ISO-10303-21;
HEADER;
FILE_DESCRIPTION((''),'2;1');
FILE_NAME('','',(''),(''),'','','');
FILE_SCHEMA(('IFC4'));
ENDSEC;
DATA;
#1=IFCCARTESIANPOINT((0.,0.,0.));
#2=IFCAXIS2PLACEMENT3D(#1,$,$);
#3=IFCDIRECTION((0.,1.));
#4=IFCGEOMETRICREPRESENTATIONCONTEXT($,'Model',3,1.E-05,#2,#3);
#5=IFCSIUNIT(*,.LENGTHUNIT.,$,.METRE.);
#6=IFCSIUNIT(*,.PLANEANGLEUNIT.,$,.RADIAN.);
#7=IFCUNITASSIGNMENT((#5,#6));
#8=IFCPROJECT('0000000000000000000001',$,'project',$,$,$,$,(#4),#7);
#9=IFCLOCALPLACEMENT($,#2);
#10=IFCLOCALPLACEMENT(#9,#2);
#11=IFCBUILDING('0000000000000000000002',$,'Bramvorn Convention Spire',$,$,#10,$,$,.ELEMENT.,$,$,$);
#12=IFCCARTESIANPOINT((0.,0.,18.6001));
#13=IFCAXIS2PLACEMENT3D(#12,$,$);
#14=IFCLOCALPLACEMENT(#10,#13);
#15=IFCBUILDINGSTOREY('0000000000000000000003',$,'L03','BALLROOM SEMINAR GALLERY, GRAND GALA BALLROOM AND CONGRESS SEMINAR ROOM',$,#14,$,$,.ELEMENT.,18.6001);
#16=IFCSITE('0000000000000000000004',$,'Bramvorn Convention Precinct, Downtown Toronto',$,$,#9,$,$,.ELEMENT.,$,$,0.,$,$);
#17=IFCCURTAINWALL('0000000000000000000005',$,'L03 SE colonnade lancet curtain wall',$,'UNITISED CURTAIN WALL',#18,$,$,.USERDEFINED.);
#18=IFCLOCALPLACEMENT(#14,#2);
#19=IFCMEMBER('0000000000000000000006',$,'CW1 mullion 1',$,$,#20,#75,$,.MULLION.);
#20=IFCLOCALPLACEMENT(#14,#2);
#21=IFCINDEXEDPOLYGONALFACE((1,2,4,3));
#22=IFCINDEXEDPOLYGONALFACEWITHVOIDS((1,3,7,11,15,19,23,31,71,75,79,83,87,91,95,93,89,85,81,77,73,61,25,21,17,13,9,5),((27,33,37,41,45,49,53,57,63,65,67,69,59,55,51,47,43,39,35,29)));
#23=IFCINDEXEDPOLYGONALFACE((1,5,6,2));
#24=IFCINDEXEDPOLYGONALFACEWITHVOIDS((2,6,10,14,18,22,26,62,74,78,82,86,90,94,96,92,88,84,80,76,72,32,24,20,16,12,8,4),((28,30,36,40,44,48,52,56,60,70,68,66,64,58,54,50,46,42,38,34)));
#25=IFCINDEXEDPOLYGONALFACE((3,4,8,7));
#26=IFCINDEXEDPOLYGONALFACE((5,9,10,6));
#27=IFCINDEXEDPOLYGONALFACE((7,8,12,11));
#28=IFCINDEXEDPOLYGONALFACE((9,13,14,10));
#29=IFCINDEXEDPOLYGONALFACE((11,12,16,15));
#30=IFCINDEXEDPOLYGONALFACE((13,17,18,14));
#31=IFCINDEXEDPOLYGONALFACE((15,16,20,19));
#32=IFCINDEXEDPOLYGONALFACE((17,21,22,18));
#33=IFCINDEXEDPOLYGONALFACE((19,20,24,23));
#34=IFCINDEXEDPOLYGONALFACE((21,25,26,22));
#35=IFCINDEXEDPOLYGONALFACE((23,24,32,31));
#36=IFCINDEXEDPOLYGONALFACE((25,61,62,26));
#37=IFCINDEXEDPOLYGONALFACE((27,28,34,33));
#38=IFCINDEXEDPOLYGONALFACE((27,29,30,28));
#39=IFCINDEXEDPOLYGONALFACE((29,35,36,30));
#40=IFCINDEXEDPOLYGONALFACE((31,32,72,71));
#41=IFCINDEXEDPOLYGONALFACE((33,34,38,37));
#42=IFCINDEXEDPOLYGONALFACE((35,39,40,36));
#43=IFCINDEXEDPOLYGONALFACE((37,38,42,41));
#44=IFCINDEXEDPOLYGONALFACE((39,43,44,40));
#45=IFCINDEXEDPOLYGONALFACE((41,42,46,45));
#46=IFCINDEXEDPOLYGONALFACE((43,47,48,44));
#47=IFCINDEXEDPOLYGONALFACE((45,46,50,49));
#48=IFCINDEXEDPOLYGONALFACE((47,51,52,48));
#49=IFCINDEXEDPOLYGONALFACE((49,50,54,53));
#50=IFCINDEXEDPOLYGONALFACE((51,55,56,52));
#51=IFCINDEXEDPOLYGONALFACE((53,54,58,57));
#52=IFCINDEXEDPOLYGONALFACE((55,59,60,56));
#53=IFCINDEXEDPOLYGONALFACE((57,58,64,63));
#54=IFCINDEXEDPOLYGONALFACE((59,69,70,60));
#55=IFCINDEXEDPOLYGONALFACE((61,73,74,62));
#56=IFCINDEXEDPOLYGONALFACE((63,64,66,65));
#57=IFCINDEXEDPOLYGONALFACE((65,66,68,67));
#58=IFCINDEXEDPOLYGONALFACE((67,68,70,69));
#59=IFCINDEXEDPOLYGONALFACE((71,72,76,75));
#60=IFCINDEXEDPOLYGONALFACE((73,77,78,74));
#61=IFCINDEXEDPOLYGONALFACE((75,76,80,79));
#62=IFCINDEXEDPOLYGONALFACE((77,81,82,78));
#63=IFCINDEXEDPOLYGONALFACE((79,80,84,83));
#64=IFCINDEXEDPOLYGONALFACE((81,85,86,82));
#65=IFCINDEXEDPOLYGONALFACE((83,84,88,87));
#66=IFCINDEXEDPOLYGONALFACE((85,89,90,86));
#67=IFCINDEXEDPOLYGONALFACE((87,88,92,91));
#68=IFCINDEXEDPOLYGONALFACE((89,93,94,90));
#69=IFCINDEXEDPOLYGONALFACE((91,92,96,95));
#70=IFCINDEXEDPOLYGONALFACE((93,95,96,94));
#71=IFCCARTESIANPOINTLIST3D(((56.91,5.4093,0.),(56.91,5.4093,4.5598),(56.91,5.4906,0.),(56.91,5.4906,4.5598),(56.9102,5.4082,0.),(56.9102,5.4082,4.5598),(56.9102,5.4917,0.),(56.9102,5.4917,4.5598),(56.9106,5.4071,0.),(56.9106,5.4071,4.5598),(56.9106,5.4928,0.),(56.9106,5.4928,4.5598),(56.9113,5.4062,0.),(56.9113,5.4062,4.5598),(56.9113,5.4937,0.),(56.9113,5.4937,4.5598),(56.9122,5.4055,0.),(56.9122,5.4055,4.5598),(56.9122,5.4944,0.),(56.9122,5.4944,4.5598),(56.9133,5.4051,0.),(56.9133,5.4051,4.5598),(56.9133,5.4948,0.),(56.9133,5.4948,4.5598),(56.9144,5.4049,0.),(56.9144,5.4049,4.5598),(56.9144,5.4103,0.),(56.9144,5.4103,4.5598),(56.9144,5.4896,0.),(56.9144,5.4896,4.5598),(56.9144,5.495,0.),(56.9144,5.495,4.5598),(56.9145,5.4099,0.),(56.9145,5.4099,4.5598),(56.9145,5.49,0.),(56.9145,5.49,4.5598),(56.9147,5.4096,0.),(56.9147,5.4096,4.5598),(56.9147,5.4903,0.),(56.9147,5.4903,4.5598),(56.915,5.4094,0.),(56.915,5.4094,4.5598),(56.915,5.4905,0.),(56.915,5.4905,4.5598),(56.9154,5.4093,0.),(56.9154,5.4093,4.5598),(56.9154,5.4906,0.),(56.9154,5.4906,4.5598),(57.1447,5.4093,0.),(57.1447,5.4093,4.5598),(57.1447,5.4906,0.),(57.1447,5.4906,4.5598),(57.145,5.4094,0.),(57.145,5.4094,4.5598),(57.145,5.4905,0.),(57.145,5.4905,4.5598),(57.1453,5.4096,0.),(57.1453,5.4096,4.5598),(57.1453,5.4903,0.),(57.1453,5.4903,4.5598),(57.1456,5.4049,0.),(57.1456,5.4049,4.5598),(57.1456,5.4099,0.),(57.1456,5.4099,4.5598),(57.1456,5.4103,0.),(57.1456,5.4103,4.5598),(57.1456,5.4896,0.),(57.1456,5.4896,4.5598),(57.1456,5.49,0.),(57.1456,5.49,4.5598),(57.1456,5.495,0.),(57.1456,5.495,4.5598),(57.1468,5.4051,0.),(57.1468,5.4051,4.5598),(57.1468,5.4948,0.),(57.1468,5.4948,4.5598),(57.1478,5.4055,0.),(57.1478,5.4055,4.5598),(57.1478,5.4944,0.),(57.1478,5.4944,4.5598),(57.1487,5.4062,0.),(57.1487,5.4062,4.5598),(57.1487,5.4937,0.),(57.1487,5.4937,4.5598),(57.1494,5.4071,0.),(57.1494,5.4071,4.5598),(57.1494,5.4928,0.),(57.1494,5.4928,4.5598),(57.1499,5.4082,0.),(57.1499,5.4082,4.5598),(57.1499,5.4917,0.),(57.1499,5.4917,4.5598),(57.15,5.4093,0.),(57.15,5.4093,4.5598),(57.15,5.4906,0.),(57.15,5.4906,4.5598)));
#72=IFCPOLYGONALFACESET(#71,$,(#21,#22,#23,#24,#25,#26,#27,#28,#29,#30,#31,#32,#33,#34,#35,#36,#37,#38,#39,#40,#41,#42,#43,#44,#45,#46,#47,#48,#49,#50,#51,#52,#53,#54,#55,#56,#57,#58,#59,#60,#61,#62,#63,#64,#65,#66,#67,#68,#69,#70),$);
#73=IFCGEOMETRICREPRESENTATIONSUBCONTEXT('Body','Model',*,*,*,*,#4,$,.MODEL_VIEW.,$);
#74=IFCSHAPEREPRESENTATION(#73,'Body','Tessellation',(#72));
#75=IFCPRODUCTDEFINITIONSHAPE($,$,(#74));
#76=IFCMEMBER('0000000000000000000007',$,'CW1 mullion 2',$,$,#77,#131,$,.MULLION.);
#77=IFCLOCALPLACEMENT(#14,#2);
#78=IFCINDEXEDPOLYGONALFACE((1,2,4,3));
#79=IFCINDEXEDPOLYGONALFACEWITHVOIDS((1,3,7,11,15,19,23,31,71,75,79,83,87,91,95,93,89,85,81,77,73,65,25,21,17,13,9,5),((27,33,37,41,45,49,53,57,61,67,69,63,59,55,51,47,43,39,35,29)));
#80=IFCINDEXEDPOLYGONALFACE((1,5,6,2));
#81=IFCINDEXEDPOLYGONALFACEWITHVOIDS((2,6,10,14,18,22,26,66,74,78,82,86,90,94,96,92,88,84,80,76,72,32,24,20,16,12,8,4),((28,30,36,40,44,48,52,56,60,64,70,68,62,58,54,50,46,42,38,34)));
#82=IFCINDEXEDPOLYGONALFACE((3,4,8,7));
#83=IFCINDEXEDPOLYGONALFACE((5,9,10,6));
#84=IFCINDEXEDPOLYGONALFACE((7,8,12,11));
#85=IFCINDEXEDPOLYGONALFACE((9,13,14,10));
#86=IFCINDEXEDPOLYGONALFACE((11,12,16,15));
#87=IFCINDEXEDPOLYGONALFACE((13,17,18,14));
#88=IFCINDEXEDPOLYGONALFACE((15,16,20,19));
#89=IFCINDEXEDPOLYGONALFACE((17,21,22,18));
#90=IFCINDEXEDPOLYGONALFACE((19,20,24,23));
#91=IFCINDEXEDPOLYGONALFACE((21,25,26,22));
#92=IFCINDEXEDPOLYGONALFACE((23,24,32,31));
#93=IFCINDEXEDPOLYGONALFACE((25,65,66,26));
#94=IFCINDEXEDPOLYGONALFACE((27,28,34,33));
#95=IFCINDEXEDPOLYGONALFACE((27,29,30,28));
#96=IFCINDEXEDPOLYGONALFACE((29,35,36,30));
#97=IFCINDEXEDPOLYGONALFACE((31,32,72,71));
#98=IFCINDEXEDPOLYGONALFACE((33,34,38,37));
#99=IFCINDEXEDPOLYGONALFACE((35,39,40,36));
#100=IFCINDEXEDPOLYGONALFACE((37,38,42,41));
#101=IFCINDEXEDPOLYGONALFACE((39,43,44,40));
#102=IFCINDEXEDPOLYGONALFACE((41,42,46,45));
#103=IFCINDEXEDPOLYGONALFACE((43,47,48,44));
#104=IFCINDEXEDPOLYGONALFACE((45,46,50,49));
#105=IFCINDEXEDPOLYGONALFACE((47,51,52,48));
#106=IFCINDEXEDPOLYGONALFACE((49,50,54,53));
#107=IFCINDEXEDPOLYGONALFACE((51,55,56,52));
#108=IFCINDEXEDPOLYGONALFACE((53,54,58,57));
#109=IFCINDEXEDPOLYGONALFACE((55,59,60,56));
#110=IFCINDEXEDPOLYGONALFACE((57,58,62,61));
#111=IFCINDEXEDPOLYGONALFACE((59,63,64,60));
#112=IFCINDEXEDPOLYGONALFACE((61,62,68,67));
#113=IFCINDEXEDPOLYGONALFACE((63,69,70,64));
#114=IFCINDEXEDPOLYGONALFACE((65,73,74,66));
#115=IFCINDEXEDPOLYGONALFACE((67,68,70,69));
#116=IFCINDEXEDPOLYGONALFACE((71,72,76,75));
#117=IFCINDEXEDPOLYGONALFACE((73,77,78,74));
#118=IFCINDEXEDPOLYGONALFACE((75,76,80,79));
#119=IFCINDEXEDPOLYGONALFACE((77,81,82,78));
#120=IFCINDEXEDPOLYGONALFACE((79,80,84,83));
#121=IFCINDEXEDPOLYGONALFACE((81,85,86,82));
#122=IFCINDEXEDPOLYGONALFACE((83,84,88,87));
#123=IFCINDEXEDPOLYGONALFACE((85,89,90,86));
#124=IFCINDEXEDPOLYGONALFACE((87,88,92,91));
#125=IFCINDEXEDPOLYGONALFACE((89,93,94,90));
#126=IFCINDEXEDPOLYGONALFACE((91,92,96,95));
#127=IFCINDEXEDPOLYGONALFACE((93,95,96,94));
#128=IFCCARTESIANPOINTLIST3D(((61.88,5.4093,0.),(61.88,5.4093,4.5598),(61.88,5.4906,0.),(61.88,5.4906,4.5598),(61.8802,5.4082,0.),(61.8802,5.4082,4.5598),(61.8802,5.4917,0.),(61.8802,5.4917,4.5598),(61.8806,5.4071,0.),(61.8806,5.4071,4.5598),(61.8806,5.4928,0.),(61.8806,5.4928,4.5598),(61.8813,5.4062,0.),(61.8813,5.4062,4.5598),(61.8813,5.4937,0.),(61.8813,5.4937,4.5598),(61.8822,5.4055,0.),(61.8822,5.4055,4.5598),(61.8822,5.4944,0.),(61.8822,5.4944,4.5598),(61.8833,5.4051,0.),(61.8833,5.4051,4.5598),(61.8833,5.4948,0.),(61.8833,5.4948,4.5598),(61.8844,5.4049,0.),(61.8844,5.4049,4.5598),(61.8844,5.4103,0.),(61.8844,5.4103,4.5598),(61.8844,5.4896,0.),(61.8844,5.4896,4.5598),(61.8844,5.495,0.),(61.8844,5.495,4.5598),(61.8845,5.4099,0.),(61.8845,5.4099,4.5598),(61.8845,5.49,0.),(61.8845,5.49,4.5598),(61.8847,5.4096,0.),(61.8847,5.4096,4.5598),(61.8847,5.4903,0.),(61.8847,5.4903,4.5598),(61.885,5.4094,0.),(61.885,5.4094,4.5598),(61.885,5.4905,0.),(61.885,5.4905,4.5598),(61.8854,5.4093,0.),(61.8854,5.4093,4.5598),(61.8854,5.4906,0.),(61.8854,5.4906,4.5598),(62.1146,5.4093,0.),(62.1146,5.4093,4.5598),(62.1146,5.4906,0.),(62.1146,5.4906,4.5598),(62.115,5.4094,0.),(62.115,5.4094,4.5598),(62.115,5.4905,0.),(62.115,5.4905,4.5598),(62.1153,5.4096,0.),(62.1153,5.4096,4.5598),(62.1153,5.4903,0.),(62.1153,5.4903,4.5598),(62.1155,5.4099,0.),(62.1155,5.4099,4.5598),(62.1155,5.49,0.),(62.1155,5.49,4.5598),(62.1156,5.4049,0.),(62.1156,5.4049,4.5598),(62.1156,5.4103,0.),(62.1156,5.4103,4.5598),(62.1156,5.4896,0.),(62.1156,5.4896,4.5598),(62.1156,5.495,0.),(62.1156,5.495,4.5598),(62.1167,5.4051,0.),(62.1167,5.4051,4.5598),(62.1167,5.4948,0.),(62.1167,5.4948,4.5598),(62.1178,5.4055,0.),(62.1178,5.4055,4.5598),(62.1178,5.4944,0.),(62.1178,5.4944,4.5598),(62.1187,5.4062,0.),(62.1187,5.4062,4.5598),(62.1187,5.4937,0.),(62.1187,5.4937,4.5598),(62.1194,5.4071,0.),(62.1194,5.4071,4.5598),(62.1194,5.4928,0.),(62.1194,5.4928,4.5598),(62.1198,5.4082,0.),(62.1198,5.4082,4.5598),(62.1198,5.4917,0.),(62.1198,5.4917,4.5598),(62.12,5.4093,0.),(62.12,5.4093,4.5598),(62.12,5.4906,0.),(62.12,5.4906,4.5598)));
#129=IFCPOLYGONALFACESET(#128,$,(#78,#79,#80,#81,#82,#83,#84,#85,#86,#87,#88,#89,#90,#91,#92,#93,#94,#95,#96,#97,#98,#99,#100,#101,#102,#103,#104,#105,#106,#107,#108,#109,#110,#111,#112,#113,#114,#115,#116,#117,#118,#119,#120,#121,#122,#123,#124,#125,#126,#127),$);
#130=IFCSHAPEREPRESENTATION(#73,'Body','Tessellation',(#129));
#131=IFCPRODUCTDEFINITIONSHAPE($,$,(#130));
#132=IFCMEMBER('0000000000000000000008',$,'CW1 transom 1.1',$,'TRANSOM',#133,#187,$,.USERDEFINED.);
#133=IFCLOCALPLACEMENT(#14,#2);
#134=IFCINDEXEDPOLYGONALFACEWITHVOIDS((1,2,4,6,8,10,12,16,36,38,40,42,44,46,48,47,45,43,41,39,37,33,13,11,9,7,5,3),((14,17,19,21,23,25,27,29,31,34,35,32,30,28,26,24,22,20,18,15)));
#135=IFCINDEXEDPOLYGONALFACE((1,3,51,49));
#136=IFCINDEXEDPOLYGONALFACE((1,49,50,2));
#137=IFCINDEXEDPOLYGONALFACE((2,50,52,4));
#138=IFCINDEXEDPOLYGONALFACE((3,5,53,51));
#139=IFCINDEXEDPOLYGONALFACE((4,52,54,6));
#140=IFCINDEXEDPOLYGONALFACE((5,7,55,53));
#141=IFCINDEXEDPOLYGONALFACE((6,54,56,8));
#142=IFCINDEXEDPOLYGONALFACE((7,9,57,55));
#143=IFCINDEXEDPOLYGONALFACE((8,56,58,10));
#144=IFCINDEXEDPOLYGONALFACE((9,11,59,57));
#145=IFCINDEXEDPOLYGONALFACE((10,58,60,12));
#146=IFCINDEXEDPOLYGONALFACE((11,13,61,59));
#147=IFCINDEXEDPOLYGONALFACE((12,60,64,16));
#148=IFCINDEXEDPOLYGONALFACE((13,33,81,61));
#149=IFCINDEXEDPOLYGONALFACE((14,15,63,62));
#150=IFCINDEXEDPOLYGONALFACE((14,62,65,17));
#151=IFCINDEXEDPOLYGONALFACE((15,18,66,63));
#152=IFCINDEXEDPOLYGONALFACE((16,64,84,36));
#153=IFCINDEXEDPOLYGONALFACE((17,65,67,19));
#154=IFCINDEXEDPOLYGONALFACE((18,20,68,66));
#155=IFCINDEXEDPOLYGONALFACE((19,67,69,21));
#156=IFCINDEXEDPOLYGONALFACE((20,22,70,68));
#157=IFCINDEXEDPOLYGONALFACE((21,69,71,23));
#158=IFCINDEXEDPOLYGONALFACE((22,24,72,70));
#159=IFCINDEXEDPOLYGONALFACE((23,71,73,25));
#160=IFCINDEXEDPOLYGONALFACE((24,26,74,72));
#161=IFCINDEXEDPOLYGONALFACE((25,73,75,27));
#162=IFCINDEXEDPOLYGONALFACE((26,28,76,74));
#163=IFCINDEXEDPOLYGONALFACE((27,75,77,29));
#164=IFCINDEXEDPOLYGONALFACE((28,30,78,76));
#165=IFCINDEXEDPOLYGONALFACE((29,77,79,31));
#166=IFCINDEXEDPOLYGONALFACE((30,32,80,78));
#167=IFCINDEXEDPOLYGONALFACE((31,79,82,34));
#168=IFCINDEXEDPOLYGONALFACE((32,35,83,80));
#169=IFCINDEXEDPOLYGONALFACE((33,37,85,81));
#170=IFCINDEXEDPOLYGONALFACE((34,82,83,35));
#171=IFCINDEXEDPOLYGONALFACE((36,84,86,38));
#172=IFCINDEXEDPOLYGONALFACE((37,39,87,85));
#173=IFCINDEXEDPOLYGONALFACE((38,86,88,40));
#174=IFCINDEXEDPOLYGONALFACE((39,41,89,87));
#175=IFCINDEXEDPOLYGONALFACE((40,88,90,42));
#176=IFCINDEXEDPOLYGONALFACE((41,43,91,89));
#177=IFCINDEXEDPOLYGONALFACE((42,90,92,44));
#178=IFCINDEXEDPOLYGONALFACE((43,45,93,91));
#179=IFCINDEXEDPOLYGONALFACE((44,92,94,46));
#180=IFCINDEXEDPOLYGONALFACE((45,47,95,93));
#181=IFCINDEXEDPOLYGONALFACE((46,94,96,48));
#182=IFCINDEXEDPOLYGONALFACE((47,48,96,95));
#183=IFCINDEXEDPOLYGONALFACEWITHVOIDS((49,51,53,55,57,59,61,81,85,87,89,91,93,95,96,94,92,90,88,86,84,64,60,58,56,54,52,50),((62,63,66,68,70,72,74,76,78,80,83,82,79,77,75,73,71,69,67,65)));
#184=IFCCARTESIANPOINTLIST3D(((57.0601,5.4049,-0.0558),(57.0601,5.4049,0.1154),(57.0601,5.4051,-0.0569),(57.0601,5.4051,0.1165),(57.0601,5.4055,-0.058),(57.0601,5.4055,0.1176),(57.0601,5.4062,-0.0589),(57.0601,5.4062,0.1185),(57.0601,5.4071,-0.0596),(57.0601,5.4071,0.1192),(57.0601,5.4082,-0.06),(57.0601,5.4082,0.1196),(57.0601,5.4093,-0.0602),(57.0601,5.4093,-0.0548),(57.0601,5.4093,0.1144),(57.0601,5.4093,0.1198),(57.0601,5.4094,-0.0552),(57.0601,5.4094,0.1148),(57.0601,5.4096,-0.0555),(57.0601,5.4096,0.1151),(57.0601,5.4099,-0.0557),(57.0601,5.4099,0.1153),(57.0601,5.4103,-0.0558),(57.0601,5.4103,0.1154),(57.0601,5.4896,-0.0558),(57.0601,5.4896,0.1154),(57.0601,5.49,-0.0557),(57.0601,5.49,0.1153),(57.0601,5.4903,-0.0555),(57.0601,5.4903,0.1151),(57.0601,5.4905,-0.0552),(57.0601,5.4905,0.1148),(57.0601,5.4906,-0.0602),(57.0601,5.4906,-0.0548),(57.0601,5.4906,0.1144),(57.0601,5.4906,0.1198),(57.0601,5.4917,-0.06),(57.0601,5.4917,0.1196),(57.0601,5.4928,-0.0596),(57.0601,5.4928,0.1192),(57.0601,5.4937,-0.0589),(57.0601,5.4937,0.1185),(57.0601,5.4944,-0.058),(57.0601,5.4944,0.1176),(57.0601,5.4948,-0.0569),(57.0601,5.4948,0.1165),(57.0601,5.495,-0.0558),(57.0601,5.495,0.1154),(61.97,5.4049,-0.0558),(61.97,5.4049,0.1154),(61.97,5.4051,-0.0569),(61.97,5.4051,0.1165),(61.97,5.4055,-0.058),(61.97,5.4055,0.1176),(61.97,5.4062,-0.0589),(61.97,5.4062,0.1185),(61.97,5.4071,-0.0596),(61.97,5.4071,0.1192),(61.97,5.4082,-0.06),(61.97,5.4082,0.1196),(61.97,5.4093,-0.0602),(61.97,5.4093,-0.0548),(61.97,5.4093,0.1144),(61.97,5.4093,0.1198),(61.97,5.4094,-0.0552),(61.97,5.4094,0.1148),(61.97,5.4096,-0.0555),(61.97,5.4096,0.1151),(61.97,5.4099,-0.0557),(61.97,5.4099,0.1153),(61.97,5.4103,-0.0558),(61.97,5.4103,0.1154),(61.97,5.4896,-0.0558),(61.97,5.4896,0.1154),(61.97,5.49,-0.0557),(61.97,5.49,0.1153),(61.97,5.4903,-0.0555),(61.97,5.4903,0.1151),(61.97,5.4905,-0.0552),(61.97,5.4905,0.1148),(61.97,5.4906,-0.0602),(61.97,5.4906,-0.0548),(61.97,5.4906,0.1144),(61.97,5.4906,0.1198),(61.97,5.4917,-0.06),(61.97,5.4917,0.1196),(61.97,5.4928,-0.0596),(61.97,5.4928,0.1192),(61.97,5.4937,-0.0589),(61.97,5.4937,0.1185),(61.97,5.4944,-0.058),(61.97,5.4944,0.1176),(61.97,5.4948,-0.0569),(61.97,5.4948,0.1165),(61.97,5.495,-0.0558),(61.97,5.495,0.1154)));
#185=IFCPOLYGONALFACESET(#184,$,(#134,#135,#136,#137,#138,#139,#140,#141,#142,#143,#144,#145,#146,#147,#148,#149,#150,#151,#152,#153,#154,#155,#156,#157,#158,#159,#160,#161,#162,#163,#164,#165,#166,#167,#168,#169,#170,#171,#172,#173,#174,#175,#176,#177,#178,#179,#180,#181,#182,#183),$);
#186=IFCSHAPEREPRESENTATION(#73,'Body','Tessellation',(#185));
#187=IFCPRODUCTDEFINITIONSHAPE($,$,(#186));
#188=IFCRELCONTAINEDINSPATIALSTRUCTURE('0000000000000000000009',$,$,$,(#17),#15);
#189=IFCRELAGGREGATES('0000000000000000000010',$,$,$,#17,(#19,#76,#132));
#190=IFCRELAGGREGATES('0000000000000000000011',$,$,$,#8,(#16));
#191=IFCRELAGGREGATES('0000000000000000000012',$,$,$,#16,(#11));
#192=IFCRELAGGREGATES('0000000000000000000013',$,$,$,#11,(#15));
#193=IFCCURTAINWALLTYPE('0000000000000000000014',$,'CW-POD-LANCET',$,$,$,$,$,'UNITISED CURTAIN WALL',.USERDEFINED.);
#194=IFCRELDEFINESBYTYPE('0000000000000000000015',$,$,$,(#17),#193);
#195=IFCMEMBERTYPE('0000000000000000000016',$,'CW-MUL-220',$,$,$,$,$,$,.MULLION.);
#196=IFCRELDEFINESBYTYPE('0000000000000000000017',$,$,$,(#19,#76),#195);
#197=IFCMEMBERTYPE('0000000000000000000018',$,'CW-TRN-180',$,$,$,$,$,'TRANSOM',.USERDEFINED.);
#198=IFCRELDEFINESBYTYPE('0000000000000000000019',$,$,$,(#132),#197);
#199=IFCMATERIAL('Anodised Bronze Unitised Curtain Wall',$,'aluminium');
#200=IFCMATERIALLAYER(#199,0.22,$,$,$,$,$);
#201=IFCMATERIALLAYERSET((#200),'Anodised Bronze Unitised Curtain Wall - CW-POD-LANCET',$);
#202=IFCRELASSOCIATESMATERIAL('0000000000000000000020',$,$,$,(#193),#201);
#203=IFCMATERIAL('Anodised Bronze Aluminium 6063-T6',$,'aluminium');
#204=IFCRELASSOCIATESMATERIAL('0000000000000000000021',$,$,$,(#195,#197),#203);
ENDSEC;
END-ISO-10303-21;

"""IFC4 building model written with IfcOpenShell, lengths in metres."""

from ifc_helpers import new_model, si_unit, direction, frame, origin, origin_2d, place, context, subcontext, project, spatial, hollow_rectangle, extrude, material, layer, layer_set, material_profile, profile_set, type_object, element, aggregate, save


model = new_model("IFC4")

# Units and contexts
model_context = context("Model", 3, precision=1e-05, world=origin(), true_north=direction((0.0, 1.0)))
body_context = subcontext(model_context, "Body", "Model", "MODEL_VIEW")
ifc_project = project(units=[si_unit("LENGTHUNIT", "METRE"), si_unit("PLANEANGLEUNIT", "RADIAN")], contexts=[model_context])

# Site, building, storey
site_placement = place(None, origin())
site = spatial("IfcSite", under=ifc_project, at=site_placement, Name="Bramvorn Convention Precinct, Downtown Toronto", CompositionType="ELEMENT", RefElevation=0.0)
building_placement = place(site_placement, origin())
building = spatial("IfcBuilding", under=site, at=building_placement, Name="Bramvorn Convention Spire", CompositionType="ELEMENT")
storey_placement = place(building_placement, frame((0.0, 0.0, 18.6001)))
storey = spatial("IfcBuildingStorey", under=building, at=storey_placement, Name="L03", Description="BALLROOM SEMINAR GALLERY, GRAND GALA BALLROOM AND CONGRESS SEMINAR ROOM", CompositionType="ELEMENT", Elevation=18.6001)

# Curtain wall, members
ifc_material_1 = material(Name="Anodised Bronze Unitised Curtain Wall", Category="aluminium")
ifc_layer_1 = layer(ifc_material_1, 0.22)
ifc_layer_set_1 = layer_set([ifc_layer_1], Name="Anodised Bronze Unitised Curtain Wall - CW-POD-LANCET")
curtain_wall_type = type_object("IfcCurtainWallType", Name="CW-POD-LANCET", ElementType="UNITISED CURTAIN WALL", PredefinedType="USERDEFINED", material=ifc_layer_set_1)
curtain_wall_placement = place(storey_placement, origin())
curtain_wall = element("IfcCurtainWall", 1, at=curtain_wall_placement, inside=storey, type_object=curtain_wall_type, Name="L03 SE colonnade lancet curtain wall", ObjectType="UNITISED CURTAIN WALL", PredefinedType="USERDEFINED")
ifc_material_2 = material(Name="Anodised Bronze Aluminium 6063-T6", Category="aluminium")
ifc_material_profile_1 = material_profile(ifc_material_2, hollow_rectangle(XDim=0.0901, YDim=0.24, WallThickness=0.0044, InnerFilletRadius=0.001, OuterFilletRadius=0.0044, at=origin_2d()))
ifc_profile_set_1 = profile_set([ifc_material_profile_1], Name="Anodised Bronze Aluminium 6063-T6 - CWM90X240")
member_type_1 = type_object("IfcMemberType", Name="CW-MUL-220", PredefinedType="MULLION", material=ifc_profile_set_1)
member_1_placement = place(storey_placement, frame((57.03, 5.45, 0.0), z_axis=(0.0, 0.0, 1.0), x_axis=(0.0, 1.0, 0.0)))
member_1 = element("IfcMember", 2, at=member_1_placement, type_object=member_type_1, Name="CW1 mullion 1", PredefinedType="MULLION", context=body_context, shape_type="SweptSolid", body=[
    extrude(hollow_rectangle(XDim=0.0901, YDim=0.24, WallThickness=0.0044, InnerFilletRadius=0.001, OuterFilletRadius=0.0044, at=origin_2d()), origin(), (0.0, 0.0, 1.0), 4.5598),
])
member_2_placement = place(storey_placement, frame((62.0, 5.45, 0.0), z_axis=(0.0, 0.0, 1.0), x_axis=(0.0, 1.0, 0.0)))
member_2 = element("IfcMember", 3, at=member_2_placement, type_object=member_type_1, Name="CW1 mullion 2", PredefinedType="MULLION", context=body_context, shape_type="SweptSolid", body=[
    extrude(hollow_rectangle(XDim=0.0901, YDim=0.24, WallThickness=0.0044, InnerFilletRadius=0.001, OuterFilletRadius=0.0044, at=origin_2d()), origin(), (0.0, 0.0, 1.0), 4.5598),
])
ifc_material_profile_2 = material_profile(ifc_material_2, hollow_rectangle(XDim=0.0901, YDim=0.1799, WallThickness=0.0044, InnerFilletRadius=0.001, OuterFilletRadius=0.0044, at=origin_2d()))
ifc_profile_set_2 = profile_set([ifc_material_profile_2], Name="Anodised Bronze Aluminium 6063-T6 - CWT90X180")
member_type_2 = type_object("IfcMemberType", Name="CW-TRN-180", ElementType="TRANSOM", PredefinedType="USERDEFINED", material=ifc_profile_set_2)
member_3_placement = place(storey_placement, frame((57.0601, 5.45, 0.0298), z_axis=(1.0, 0.0, 0.0), x_axis=(0.0, 1.0, 0.0)))
member_3 = element("IfcMember", 4, at=member_3_placement, type_object=member_type_2, Name="CW1 transom 1.1", ObjectType="TRANSOM", PredefinedType="USERDEFINED", context=body_context, shape_type="SweptSolid", body=[
    extrude(hollow_rectangle(XDim=0.0901, YDim=0.1799, WallThickness=0.0044, InnerFilletRadius=0.001, OuterFilletRadius=0.0044, at=origin_2d()), origin(), (0.0, 0.0, 1.0), 4.9099),
])
aggregate(curtain_wall, [member_1, member_2, member_3])

save(model, "model.ifc")
